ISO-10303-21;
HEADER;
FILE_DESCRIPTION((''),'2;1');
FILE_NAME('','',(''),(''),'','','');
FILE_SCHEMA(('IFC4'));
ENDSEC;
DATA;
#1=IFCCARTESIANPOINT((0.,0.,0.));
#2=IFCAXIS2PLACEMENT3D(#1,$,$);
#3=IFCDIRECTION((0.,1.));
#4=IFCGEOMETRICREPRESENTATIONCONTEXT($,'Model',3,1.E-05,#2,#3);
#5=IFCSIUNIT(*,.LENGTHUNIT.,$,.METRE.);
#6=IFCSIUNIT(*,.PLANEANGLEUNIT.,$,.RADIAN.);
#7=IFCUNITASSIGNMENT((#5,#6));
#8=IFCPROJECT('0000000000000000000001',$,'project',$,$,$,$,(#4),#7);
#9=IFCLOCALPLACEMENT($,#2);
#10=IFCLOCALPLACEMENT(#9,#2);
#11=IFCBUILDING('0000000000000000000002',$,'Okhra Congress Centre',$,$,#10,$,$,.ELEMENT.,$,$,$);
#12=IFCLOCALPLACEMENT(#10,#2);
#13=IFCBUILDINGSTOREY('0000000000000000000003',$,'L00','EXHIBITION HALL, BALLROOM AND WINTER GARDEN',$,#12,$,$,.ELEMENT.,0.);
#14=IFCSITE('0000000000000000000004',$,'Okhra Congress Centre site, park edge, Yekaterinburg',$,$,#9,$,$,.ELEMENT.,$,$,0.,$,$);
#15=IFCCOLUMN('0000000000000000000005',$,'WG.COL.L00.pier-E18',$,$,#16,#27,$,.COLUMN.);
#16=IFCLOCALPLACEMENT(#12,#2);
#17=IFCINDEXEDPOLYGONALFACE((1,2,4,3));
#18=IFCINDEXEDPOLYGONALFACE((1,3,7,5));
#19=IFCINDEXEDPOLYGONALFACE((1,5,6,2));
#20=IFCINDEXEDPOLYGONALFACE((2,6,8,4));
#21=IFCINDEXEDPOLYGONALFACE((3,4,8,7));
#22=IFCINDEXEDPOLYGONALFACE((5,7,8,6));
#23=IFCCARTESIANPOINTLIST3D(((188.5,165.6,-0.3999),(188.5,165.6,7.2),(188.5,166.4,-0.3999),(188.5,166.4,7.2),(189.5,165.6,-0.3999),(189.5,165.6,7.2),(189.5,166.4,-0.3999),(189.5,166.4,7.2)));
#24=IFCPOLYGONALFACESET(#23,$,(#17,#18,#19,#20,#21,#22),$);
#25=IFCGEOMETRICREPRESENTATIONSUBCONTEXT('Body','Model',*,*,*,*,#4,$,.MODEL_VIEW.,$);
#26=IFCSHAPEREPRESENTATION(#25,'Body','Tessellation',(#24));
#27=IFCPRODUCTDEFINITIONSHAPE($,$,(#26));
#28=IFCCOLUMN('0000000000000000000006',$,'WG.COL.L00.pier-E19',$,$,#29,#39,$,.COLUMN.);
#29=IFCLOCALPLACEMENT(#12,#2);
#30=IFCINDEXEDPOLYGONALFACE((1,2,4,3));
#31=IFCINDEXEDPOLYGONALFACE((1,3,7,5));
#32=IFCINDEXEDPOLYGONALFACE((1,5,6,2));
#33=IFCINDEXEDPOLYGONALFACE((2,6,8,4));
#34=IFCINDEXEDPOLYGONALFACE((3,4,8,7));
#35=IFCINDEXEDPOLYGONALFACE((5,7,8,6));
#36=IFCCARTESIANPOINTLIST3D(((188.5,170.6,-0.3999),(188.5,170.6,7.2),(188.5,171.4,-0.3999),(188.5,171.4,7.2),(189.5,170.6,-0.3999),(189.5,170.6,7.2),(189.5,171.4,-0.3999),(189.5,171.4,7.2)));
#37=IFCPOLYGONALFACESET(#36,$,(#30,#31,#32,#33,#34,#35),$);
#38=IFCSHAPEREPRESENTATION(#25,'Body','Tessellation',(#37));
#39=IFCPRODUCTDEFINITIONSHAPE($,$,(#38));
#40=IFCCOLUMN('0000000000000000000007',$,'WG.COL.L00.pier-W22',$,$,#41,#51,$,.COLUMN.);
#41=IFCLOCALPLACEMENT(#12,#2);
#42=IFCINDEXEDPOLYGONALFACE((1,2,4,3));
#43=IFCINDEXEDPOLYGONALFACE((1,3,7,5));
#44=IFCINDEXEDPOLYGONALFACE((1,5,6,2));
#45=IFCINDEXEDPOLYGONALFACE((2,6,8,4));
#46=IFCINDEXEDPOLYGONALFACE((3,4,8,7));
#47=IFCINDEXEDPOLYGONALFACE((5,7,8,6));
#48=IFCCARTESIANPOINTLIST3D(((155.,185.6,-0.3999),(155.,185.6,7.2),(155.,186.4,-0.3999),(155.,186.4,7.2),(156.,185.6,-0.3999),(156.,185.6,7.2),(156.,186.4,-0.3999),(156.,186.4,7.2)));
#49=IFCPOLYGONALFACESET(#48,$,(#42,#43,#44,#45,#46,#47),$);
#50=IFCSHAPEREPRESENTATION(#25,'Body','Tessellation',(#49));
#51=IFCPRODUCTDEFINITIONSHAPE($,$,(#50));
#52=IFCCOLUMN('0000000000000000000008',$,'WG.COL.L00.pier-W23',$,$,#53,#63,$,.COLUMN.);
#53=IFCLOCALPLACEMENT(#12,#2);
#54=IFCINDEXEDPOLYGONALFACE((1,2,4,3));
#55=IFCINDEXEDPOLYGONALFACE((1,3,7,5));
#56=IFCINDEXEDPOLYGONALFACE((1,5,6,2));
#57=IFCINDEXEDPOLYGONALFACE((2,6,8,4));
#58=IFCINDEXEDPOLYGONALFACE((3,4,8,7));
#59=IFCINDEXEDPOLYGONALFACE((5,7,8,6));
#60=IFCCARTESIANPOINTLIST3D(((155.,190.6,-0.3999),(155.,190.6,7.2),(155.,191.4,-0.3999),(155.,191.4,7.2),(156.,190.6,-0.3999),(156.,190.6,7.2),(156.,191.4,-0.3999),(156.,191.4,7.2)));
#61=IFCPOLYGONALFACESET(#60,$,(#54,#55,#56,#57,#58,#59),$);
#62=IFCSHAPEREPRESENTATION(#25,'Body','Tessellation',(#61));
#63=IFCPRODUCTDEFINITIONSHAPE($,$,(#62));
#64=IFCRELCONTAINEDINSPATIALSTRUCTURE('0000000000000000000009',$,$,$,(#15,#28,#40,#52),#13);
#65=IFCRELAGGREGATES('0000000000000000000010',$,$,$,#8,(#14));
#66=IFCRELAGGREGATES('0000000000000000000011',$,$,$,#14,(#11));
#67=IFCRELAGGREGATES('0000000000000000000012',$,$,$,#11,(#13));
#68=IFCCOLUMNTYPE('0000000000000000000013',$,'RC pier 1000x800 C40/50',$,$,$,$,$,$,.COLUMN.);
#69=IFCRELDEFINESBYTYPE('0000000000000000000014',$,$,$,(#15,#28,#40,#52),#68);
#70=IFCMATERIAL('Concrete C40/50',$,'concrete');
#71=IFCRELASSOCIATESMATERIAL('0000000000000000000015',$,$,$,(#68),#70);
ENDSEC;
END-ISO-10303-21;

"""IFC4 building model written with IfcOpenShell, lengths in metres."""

from ifc_helpers import new_model, si_unit, direction, frame, origin, origin_2d, place, context, subcontext, project, spatial, rectangle, extrude, material, material_profile, profile_set, type_object, element, save


model = new_model("IFC4")

# Units and contexts
model_context = context("Model", 3, precision=1e-05, world=origin(), true_north=direction((0.0, 1.0)))
body_context = subcontext(model_context, "Body", "Model", "MODEL_VIEW")
ifc_project = project(units=[si_unit("LENGTHUNIT", "METRE"), si_unit("PLANEANGLEUNIT", "RADIAN")], contexts=[model_context])

# Site, building, storey
site_placement = place(None, origin())
site = spatial("IfcSite", under=ifc_project, at=site_placement, Name="Okhra Congress Centre site, park edge, Yekaterinburg", CompositionType="ELEMENT", RefElevation=0.0)
building_placement = place(site_placement, origin())
building = spatial("IfcBuilding", under=site, at=building_placement, Name="Okhra Congress Centre", CompositionType="ELEMENT")
storey_placement = place(building_placement, origin())
storey = spatial("IfcBuildingStorey", under=building, at=storey_placement, Name="L00", Description="EXHIBITION HALL, BALLROOM AND WINTER GARDEN", CompositionType="ELEMENT", Elevation=0.0)

# Columns
ifc_material_1 = material(Name="Concrete C40/50", Category="concrete")
ifc_material_profile_1 = material_profile(ifc_material_1, rectangle(XDim=1.0, YDim=0.8, at=origin_2d()), Name="RC 1000x800")
ifc_profile_set_1 = profile_set([ifc_material_profile_1], Name="Concrete C40/50")
column_type = type_object("IfcColumnType", Name="RC pier 1000x800 C40/50", PredefinedType="COLUMN", material=ifc_profile_set_1)
for number, where, z_axis, x_axis, name in (
    (1, (189.0, 166.0, -0.3999), (0.0, 0.0, 1.0), (1.0, 0.0, 0.0), "WG.COL.L00.pier-E18"),
    (2, (189.0, 171.0, -0.3999), (0.0, 0.0, 1.0), (1.0, 0.0, 0.0), "WG.COL.L00.pier-E19"),
    (3, (155.5, 186.0, -0.3999), (0.0, 0.0, 1.0), (1.0, 0.0, 0.0), "WG.COL.L00.pier-W22"),
    (4, (155.5, 191.0, -0.3999), (0.0, 0.0, 1.0), (1.0, 0.0, 0.0), "WG.COL.L00.pier-W23"),
):
    element("IfcColumn", number, at=place(storey_placement, frame(where, z_axis=z_axis, x_axis=x_axis)), inside=storey, type_object=column_type, Name=name, PredefinedType="COLUMN", context=body_context, shape_type="SweptSolid", body=[
        extrude(rectangle(XDim=1.0, YDim=0.8, at=origin_2d()), origin(), (0.0, 0.0, 1.0), 7.5999),
    ])

save(model, "model.ifc")
